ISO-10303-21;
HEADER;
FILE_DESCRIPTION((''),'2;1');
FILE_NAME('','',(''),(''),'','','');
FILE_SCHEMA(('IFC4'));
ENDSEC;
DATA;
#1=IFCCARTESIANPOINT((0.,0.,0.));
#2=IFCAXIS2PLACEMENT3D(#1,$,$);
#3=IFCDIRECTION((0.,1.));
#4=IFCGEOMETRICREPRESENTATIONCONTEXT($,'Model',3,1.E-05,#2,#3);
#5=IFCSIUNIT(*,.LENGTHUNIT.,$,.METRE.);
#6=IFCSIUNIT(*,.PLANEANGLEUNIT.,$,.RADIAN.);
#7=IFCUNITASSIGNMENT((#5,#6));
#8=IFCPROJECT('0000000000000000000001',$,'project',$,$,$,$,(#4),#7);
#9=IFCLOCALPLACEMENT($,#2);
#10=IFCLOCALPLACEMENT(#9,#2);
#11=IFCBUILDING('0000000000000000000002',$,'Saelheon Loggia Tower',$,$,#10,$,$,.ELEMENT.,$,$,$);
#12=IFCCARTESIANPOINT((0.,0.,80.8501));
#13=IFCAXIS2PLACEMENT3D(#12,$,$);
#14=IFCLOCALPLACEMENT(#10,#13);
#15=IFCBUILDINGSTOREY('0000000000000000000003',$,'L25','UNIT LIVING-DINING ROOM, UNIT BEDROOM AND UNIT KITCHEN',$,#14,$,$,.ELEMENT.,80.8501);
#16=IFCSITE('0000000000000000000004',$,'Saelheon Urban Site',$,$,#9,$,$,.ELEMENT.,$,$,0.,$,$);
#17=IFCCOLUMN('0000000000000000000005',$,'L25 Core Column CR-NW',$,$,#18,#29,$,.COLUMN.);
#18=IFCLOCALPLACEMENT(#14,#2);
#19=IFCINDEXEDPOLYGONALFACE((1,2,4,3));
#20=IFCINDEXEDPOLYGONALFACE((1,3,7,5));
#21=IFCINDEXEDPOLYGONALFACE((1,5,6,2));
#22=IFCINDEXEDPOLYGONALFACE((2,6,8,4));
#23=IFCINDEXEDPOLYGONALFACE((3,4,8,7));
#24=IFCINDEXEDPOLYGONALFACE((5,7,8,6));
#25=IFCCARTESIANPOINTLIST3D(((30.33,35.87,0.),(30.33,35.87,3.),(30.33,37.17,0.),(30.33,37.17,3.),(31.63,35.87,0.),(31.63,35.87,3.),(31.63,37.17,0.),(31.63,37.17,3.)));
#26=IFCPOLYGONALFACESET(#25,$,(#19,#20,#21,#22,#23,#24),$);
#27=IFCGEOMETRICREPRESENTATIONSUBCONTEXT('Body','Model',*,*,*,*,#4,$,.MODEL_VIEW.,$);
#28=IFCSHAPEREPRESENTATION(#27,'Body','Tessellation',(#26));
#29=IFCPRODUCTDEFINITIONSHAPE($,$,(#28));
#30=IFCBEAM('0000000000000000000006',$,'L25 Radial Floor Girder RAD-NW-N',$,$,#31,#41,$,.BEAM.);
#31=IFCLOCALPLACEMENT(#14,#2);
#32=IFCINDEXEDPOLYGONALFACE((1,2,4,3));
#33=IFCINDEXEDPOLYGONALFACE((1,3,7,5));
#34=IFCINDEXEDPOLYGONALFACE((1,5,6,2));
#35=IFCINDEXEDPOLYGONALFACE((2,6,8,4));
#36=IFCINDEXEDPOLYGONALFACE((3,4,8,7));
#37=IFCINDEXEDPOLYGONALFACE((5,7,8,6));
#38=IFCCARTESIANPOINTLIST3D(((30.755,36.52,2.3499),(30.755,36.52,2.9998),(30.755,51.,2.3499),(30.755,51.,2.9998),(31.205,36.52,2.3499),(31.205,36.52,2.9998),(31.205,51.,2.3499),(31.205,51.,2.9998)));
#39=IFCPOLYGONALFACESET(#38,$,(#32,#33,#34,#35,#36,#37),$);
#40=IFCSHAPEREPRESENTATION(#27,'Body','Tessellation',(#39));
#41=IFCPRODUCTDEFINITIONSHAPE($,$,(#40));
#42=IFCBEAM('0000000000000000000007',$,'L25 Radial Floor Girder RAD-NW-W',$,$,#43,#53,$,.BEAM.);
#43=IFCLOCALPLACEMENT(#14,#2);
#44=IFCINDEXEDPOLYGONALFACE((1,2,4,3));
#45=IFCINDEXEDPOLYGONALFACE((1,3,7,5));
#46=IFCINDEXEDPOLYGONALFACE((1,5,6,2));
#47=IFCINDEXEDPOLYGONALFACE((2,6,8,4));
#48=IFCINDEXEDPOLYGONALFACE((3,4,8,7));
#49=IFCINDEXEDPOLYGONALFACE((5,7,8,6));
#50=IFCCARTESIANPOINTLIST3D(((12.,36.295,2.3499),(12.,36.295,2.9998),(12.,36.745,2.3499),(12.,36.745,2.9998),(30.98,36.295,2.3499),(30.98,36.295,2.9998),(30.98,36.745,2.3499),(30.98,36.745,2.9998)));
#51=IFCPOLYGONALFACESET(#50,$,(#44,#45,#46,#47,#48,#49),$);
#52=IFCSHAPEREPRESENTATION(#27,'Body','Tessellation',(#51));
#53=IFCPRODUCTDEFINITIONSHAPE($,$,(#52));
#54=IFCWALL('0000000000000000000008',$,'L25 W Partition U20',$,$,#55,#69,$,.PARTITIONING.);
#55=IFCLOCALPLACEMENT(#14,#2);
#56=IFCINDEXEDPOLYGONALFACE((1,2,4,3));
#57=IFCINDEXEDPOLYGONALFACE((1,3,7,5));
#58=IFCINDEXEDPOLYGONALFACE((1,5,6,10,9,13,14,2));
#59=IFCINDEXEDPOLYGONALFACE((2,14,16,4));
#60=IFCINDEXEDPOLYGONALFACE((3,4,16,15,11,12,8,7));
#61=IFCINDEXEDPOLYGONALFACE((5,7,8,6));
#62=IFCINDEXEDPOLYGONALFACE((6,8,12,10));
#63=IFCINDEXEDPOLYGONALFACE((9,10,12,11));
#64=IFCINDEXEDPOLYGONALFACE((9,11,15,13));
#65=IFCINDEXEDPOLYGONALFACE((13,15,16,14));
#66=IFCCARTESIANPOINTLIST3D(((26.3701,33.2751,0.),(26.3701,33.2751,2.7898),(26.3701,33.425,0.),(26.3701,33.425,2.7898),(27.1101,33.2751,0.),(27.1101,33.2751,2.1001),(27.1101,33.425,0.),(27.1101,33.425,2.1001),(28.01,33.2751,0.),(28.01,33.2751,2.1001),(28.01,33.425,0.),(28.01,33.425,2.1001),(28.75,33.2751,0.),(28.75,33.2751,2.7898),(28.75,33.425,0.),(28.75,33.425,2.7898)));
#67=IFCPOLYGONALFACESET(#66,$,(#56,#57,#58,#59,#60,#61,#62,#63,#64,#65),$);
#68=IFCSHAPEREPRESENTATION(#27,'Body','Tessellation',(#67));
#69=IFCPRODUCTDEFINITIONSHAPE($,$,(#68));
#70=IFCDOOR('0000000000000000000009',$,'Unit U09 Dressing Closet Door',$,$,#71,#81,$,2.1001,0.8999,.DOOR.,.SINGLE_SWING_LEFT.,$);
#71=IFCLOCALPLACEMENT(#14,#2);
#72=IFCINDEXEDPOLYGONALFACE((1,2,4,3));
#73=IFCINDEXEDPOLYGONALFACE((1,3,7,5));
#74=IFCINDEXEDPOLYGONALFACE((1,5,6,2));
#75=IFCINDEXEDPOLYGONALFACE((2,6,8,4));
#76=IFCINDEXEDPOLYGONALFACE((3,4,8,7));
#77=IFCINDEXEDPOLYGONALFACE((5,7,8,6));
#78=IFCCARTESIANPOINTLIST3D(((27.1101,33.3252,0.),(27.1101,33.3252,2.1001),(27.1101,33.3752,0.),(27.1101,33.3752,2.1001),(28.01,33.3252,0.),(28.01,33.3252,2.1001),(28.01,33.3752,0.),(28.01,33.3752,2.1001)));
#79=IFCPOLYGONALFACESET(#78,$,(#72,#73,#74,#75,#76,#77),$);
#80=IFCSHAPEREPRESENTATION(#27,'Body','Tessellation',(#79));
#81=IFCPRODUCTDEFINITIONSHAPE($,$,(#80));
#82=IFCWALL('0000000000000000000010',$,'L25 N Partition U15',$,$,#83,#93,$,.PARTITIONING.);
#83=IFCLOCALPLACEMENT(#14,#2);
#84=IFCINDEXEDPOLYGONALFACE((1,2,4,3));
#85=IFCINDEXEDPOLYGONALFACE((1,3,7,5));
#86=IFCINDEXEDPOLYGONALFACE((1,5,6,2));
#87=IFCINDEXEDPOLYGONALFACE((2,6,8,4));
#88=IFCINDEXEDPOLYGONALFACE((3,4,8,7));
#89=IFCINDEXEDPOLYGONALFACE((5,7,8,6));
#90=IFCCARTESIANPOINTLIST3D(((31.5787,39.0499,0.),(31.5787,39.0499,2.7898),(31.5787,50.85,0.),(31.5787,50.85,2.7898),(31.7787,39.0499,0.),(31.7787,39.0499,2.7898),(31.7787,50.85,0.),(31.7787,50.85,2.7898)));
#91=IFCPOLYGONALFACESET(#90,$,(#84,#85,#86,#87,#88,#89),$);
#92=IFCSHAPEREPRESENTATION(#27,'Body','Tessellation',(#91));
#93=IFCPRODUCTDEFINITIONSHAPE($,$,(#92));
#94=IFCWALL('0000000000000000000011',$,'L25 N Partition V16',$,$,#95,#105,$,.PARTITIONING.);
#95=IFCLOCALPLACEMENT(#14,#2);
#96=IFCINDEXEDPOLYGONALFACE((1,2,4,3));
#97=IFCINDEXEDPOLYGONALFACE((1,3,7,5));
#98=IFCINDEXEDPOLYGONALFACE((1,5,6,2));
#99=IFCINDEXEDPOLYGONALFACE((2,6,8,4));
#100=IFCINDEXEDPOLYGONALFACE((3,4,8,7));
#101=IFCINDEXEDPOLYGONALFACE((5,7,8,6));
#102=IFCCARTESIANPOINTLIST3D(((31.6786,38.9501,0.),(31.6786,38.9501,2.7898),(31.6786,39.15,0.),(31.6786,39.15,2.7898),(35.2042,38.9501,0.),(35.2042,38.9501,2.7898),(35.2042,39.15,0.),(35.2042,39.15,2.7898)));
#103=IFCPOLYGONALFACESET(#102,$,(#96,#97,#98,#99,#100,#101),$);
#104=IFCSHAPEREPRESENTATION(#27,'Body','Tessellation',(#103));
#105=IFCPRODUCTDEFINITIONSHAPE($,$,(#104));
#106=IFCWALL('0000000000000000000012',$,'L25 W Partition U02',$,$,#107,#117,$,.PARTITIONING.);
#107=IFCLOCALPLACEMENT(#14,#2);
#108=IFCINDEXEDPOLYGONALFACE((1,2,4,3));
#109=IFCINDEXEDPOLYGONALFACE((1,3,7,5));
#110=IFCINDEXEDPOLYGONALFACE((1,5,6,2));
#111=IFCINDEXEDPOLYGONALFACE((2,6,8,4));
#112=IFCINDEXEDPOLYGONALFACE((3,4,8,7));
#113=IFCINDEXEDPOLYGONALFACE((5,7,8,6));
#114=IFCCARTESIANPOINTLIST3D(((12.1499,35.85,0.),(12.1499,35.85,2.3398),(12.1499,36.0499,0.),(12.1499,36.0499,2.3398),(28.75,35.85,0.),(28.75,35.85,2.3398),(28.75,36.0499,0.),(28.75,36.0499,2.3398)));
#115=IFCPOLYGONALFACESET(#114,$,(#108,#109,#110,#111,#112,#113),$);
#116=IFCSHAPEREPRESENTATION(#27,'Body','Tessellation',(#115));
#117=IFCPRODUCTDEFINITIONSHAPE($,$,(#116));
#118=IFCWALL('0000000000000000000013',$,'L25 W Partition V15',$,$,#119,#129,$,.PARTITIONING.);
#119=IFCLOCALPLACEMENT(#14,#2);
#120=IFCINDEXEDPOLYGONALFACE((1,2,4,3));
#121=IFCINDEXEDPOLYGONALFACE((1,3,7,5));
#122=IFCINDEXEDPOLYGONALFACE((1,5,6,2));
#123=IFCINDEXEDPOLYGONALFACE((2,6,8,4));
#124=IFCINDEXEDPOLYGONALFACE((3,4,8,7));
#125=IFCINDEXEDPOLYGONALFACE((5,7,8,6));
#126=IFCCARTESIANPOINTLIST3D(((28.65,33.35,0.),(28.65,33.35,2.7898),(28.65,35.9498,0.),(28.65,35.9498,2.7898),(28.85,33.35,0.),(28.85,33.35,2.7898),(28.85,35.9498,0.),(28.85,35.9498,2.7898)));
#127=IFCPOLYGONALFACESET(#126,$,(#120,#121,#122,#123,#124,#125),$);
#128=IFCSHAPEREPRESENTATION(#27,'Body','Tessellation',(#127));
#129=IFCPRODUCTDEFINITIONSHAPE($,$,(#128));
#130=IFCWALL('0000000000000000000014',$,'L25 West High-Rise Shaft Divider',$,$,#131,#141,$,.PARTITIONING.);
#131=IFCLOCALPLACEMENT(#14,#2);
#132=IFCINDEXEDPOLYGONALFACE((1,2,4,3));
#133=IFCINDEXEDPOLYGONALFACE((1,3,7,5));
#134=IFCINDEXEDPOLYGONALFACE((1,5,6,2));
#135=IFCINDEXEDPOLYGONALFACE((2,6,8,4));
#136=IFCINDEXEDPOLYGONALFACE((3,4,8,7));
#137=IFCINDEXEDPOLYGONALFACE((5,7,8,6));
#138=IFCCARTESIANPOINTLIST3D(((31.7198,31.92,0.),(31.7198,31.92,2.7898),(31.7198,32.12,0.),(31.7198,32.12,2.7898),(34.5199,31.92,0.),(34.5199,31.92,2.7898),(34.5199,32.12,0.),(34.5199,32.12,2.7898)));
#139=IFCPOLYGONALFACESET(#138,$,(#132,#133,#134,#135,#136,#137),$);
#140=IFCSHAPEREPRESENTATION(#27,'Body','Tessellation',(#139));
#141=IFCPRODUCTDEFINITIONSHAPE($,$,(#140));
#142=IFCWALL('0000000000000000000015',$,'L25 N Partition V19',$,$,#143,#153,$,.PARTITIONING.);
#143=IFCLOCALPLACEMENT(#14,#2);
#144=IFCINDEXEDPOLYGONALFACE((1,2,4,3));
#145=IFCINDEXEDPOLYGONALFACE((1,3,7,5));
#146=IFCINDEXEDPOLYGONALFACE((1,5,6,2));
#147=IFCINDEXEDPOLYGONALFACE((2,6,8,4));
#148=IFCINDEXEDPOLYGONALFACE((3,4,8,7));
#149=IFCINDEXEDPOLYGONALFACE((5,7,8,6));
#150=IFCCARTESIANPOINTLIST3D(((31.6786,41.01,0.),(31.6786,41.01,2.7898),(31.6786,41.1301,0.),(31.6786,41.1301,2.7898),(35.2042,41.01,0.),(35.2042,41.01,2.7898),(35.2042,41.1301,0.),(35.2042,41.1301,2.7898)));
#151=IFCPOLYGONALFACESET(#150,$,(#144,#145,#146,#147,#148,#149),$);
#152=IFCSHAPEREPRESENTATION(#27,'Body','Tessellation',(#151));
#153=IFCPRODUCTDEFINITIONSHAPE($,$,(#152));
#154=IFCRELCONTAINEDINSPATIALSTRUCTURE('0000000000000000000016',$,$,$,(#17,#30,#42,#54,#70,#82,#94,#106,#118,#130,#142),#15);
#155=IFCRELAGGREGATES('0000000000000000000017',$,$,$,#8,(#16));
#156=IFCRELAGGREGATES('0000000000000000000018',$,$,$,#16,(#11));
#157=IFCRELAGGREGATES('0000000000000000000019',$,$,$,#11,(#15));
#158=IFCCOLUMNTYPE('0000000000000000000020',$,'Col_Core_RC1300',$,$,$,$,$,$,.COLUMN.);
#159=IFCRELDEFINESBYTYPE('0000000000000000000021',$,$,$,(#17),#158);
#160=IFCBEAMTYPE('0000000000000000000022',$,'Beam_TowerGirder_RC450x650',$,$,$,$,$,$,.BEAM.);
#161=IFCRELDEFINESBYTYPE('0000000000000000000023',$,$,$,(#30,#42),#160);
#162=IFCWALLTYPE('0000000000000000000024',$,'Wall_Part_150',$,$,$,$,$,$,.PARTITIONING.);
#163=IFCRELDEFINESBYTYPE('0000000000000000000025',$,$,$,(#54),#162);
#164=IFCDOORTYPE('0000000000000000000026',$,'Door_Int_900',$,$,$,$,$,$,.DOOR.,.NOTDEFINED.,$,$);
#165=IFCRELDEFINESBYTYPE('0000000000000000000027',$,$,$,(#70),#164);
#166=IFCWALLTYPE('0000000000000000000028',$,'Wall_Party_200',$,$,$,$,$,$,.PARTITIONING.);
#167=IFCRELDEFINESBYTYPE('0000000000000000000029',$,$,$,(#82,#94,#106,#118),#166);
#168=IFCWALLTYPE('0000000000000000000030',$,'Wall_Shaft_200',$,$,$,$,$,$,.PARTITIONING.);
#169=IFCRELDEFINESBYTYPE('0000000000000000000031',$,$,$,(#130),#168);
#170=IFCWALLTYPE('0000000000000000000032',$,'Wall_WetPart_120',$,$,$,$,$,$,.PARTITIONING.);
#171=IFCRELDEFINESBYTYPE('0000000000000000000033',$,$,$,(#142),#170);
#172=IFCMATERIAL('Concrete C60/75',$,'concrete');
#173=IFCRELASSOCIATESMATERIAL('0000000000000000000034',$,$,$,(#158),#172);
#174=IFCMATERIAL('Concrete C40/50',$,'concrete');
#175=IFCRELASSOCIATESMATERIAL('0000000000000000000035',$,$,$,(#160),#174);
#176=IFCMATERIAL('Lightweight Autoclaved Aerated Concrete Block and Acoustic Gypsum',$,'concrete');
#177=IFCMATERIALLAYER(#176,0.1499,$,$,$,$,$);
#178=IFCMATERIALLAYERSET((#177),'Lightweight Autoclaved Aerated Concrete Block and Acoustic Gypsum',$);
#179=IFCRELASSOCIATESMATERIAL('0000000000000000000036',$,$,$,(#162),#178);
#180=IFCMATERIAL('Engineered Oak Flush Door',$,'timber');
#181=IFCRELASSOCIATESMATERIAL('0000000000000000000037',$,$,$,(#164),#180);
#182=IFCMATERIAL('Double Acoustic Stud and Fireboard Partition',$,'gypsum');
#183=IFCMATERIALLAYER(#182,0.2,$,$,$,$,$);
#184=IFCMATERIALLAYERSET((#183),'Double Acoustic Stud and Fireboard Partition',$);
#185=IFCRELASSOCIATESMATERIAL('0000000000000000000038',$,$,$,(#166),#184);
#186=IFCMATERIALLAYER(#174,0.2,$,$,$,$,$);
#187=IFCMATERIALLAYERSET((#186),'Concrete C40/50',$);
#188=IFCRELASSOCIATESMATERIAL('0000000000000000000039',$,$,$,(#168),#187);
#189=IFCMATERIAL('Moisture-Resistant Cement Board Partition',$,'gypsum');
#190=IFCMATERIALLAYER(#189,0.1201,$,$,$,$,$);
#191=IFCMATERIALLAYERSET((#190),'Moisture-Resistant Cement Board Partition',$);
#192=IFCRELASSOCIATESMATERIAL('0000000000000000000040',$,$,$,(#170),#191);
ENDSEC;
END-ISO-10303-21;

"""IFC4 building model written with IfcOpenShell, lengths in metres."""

from ifc_helpers import new_model, si_unit, direction, frame, frame_2d, origin, origin_2d, place, context, subcontext, project, spatial, rectangle, extrude, source, transform, mapped, material, layer, layer_set, material_profile, profile_set, type_object, element, fill, save


model = new_model("IFC4")

# Units and contexts
model_context = context("Model", 3, precision=1e-05, world=origin(), true_north=direction((0.0, 1.0)))
body_context = subcontext(model_context, "Body", "Model", "MODEL_VIEW")
ifc_project = project(units=[si_unit("LENGTHUNIT", "METRE"), si_unit("PLANEANGLEUNIT", "RADIAN")], contexts=[model_context])

# Site, building, storey
site_placement = place(None, origin())
site = spatial("IfcSite", under=ifc_project, at=site_placement, Name="Saelheon Urban Site", CompositionType="ELEMENT", RefElevation=0.0)
building_placement = place(site_placement, origin())
building = spatial("IfcBuilding", under=site, at=building_placement, Name="Saelheon Loggia Tower", CompositionType="ELEMENT")
storey_placement = place(building_placement, frame((0.0, 0.0, 80.8501)))
storey = spatial("IfcBuildingStorey", under=building, at=storey_placement, Name="L25", Description="UNIT LIVING-DINING ROOM, UNIT BEDROOM AND UNIT KITCHEN", CompositionType="ELEMENT", Elevation=80.8501)

# Column
ifc_material_1 = material(Name="Concrete C60/75", Category="concrete")
ifc_material_profile_1 = material_profile(ifc_material_1, rectangle(XDim=1.3, YDim=1.3, at=origin_2d()), Name="RC-1300x1300")
ifc_profile_set_1 = profile_set([ifc_material_profile_1], Name="Concrete C60/75")
column_type = type_object("IfcColumnType", Name="Col_Core_RC1300", PredefinedType="COLUMN", material=ifc_profile_set_1)
shared_shape_1 = source(origin(), body_context, "Body", "SweptSolid", [
    extrude(rectangle(XDim=1.3, YDim=1.3, at=origin_2d()), origin(), (0.0, 0.0, 1.0), 3.0),
])
column_placement = place(storey_placement, frame((30.98, 36.52, 0.0), z_axis=(0.0, 0.0, 1.0), x_axis=(1.0, 0.0, 0.0)))
element("IfcColumn", 1, at=column_placement, inside=storey, type_object=column_type, Name="L25 Core Column CR-NW", PredefinedType="COLUMN", context=body_context, shape_type="MappedRepresentation", body=[
    mapped(shared_shape_1, transform((0.0, 0.0, 0.0), scale=1.0)),
])

# Beams
ifc_material_2 = material(Name="Concrete C40/50", Category="concrete")
ifc_material_profile_2 = material_profile(ifc_material_2, rectangle(XDim=0.45, YDim=0.6499, at=origin_2d()), Name="RC-450x650")
ifc_profile_set_2 = profile_set([ifc_material_profile_2], Name="Concrete C40/50")
beam_type = type_object("IfcBeamType", Name="Beam_TowerGirder_RC450x650", PredefinedType="BEAM", material=ifc_profile_set_2)
shared_shape_2 = source(origin(), body_context, "Body", "SweptSolid", [
    extrude(rectangle(XDim=0.45, YDim=0.6499, at=origin_2d()), origin(), (0.0, 0.0, 1.0), 14.48),
])
beam_1_placement = place(storey_placement, frame((30.98, 36.52, 2.6748), z_axis=(0.0, 1.0, 0.0), x_axis=(-1.0, 0.0, 0.0)))
element("IfcBeam", 2, at=beam_1_placement, inside=storey, type_object=beam_type, Name="L25 Radial Floor Girder RAD-NW-N", PredefinedType="BEAM", context=body_context, shape_type="MappedRepresentation", body=[
    mapped(shared_shape_2, transform((0.0, 0.0, 0.0), scale=1.0)),
])
shared_shape_3 = source(origin(), body_context, "Body", "SweptSolid", [
    extrude(rectangle(XDim=0.45, YDim=0.6499, at=origin_2d()), origin(), (0.0, 0.0, 1.0), 18.98),
])
beam_2_placement = place(storey_placement, frame((30.98, 36.52, 2.6748), z_axis=(-1.0, 0.0, 0.0), x_axis=(0.0, -1.0, 0.0)))
element("IfcBeam", 3, at=beam_2_placement, inside=storey, type_object=beam_type, Name="L25 Radial Floor Girder RAD-NW-W", PredefinedType="BEAM", context=body_context, shape_type="MappedRepresentation", body=[
    mapped(shared_shape_3, transform((0.0, 0.0, 0.0), scale=1.0)),
])

# Wall, opening, door
ifc_material_3 = material(Name="Lightweight Autoclaved Aerated Concrete Block and Acoustic Gypsum", Category="concrete")
ifc_layer_1 = layer(ifc_material_3, 0.1499)
ifc_layer_set_1 = layer_set([ifc_layer_1], Name="Lightweight Autoclaved Aerated Concrete Block and Acoustic Gypsum")
wall_type_1 = type_object("IfcWallType", Name="Wall_Part_150", PredefinedType="PARTITIONING", material=ifc_layer_set_1)
wall_1_placement = place(storey_placement, frame((28.75, 33.3501, 0.0), z_axis=(0.0, 0.0, 1.0), x_axis=(-1.0, 0.0, 0.0)))
wall_1 = element("IfcWall", 4, at=wall_1_placement, inside=storey, type_object=wall_type_1, Name="L25 W Partition U20", PredefinedType="PARTITIONING", context=body_context, shape_type="SweptSolid", body=[
    extrude(rectangle(XDim=2.3799, YDim=0.1499, at=frame_2d((1.1899, 0.0))), origin(), (0.0, 0.0, 1.0), 2.7898),
])
opening_1_placement = place(wall_1_placement, frame((0.74, 0.0, 0.0)))
opening_1 = element("IfcOpeningElement", 5, at=opening_1_placement, cuts=wall_1, PredefinedType="OPENING", context=body_context, shape_type="SweptSolid", body=[
    extrude(rectangle(XDim=0.8999, YDim=2.1001, at=frame_2d((0.45, 1.05))), frame((0.0, 0.0869, 0.0), z_axis=(0.0, -1.0, 0.0), x_axis=(1.0, 0.0, 0.0)), (0.0, 0.0, 1.0), 0.1738),
])
ifc_material_4 = material(Name="Engineered Oak Flush Door", Category="timber")
door_type_1 = type_object("IfcDoorType", Name="Door_Int_900", OperationType="NOTDEFINED", PredefinedType="DOOR", material=ifc_material_4)
shared_shape_4 = source(origin(), body_context, "Body", "SweptSolid", [
    extrude(rectangle(XDim=0.8999, YDim=2.1001, at=frame_2d((0.45, 1.05))), frame((0.0, 0.0249, 0.0), z_axis=(0.0, -1.0, 0.0), x_axis=(1.0, 0.0, 0.0)), (0.0, 0.0, 1.0), 0.05),
])
door_1_placement = place(opening_1_placement, origin())
door_1 = element("IfcDoor", 6, at=door_1_placement, inside=storey, type_object=door_type_1, Name="Unit U09 Dressing Closet Door", OperationType="SINGLE_SWING_LEFT", OverallHeight=2.1001, OverallWidth=0.8999, PredefinedType="DOOR", context=body_context, shape_type="MappedRepresentation", body=[
    mapped(shared_shape_4, transform((0.0, 0.0, 0.0), scale=1.0)),
])
fill(opening_1, door_1)

# Walls
ifc_material_5 = material(Name="Double Acoustic Stud and Fireboard Partition", Category="gypsum")
ifc_layer_2 = layer(ifc_material_5, 0.2)
ifc_layer_set_2 = layer_set([ifc_layer_2], Name="Double Acoustic Stud and Fireboard Partition")
wall_type_2 = type_object("IfcWallType", Name="Wall_Party_200", PredefinedType="PARTITIONING", material=ifc_layer_set_2)
wall_2_placement = place(storey_placement, frame((31.6787, 39.05, 0.0), z_axis=(0.0, 0.0, 1.0), x_axis=(0.0, 1.0, 0.0)))
element("IfcWall", 7, at=wall_2_placement, inside=storey, type_object=wall_type_2, Name="L25 N Partition U15", PredefinedType="PARTITIONING", context=body_context, shape_type="SweptSolid", body=[
    extrude(rectangle(XDim=11.8, YDim=0.2, at=frame_2d((5.8999, 0.0))), origin(), (0.0, 0.0, 1.0), 2.7898),
])
wall_3_placement = place(storey_placement, frame((31.6787, 39.05, 0.0), z_axis=(0.0, 0.0, 1.0), x_axis=(1.0, 0.0, 0.0)))
element("IfcWall", 8, at=wall_3_placement, inside=storey, type_object=wall_type_2, Name="L25 N Partition V16", PredefinedType="PARTITIONING", context=body_context, shape_type="SweptSolid", body=[
    extrude(rectangle(XDim=3.5256, YDim=0.2, at=frame_2d((1.7627, 0.0))), origin(), (0.0, 0.0, 1.0), 2.7898),
])
wall_4_placement = place(storey_placement, frame((28.75, 35.95, 0.0), z_axis=(0.0, 0.0, 1.0), x_axis=(-1.0, 0.0, 0.0)))
element("IfcWall", 9, at=wall_4_placement, inside=storey, type_object=wall_type_2, Name="L25 W Partition U02", PredefinedType="PARTITIONING", context=body_context, shape_type="SweptSolid", body=[
    extrude(rectangle(XDim=16.6001, YDim=0.2, at=frame_2d((8.3, 0.0))), origin(), (0.0, 0.0, 1.0), 2.3398),
])

# Walls
wall_5_placement = place(storey_placement, frame((28.75, 33.3501, 0.0), z_axis=(0.0, 0.0, 1.0), x_axis=(0.0, 1.0, 0.0)))
element("IfcWall", 10, at=wall_5_placement, inside=storey, type_object=wall_type_2, Name="L25 W Partition V15", PredefinedType="PARTITIONING", context=body_context, shape_type="SweptSolid", body=[
    extrude(rectangle(XDim=2.5999, YDim=0.2, at=frame_2d((1.2998, 0.0))), origin(), (0.0, 0.0, 1.0), 2.7898),
])
ifc_layer_3 = layer(ifc_material_2, 0.2)
ifc_layer_set_3 = layer_set([ifc_layer_3], Name="Concrete C40/50")
wall_type_3 = type_object("IfcWallType", Name="Wall_Shaft_200", PredefinedType="PARTITIONING", material=ifc_layer_set_3)
wall_6_placement = place(storey_placement, frame((31.72, 32.02, 0.0), z_axis=(0.0, 0.0, 1.0), x_axis=(1.0, 0.0, 0.0)))
element("IfcWall", 11, at=wall_6_placement, inside=storey, type_object=wall_type_3, Name="L25 West High-Rise Shaft Divider", PredefinedType="PARTITIONING", context=body_context, shape_type="SweptSolid", body=[
    extrude(rectangle(XDim=2.8, YDim=0.2, at=frame_2d((1.3999, 0.0))), origin(), (0.0, 0.0, 1.0), 2.7898),
])
ifc_material_6 = material(Name="Moisture-Resistant Cement Board Partition", Category="gypsum")
ifc_layer_4 = layer(ifc_material_6, 0.1201)
ifc_layer_set_4 = layer_set([ifc_layer_4], Name="Moisture-Resistant Cement Board Partition")
wall_type_4 = type_object("IfcWallType", Name="Wall_WetPart_120", PredefinedType="PARTITIONING", material=ifc_layer_set_4)
wall_7_placement = place(storey_placement, frame((31.6787, 41.0701, 0.0), z_axis=(0.0, 0.0, 1.0), x_axis=(1.0, 0.0, 0.0)))
element("IfcWall", 12, at=wall_7_placement, inside=storey, type_object=wall_type_4, Name="L25 N Partition V19", PredefinedType="PARTITIONING", context=body_context, shape_type="SweptSolid", body=[
    extrude(rectangle(XDim=3.5256, YDim=0.1201, at=frame_2d((1.7627, 0.0))), origin(), (0.0, 0.0, 1.0), 2.7898),
])

save(model, "model.ifc")
